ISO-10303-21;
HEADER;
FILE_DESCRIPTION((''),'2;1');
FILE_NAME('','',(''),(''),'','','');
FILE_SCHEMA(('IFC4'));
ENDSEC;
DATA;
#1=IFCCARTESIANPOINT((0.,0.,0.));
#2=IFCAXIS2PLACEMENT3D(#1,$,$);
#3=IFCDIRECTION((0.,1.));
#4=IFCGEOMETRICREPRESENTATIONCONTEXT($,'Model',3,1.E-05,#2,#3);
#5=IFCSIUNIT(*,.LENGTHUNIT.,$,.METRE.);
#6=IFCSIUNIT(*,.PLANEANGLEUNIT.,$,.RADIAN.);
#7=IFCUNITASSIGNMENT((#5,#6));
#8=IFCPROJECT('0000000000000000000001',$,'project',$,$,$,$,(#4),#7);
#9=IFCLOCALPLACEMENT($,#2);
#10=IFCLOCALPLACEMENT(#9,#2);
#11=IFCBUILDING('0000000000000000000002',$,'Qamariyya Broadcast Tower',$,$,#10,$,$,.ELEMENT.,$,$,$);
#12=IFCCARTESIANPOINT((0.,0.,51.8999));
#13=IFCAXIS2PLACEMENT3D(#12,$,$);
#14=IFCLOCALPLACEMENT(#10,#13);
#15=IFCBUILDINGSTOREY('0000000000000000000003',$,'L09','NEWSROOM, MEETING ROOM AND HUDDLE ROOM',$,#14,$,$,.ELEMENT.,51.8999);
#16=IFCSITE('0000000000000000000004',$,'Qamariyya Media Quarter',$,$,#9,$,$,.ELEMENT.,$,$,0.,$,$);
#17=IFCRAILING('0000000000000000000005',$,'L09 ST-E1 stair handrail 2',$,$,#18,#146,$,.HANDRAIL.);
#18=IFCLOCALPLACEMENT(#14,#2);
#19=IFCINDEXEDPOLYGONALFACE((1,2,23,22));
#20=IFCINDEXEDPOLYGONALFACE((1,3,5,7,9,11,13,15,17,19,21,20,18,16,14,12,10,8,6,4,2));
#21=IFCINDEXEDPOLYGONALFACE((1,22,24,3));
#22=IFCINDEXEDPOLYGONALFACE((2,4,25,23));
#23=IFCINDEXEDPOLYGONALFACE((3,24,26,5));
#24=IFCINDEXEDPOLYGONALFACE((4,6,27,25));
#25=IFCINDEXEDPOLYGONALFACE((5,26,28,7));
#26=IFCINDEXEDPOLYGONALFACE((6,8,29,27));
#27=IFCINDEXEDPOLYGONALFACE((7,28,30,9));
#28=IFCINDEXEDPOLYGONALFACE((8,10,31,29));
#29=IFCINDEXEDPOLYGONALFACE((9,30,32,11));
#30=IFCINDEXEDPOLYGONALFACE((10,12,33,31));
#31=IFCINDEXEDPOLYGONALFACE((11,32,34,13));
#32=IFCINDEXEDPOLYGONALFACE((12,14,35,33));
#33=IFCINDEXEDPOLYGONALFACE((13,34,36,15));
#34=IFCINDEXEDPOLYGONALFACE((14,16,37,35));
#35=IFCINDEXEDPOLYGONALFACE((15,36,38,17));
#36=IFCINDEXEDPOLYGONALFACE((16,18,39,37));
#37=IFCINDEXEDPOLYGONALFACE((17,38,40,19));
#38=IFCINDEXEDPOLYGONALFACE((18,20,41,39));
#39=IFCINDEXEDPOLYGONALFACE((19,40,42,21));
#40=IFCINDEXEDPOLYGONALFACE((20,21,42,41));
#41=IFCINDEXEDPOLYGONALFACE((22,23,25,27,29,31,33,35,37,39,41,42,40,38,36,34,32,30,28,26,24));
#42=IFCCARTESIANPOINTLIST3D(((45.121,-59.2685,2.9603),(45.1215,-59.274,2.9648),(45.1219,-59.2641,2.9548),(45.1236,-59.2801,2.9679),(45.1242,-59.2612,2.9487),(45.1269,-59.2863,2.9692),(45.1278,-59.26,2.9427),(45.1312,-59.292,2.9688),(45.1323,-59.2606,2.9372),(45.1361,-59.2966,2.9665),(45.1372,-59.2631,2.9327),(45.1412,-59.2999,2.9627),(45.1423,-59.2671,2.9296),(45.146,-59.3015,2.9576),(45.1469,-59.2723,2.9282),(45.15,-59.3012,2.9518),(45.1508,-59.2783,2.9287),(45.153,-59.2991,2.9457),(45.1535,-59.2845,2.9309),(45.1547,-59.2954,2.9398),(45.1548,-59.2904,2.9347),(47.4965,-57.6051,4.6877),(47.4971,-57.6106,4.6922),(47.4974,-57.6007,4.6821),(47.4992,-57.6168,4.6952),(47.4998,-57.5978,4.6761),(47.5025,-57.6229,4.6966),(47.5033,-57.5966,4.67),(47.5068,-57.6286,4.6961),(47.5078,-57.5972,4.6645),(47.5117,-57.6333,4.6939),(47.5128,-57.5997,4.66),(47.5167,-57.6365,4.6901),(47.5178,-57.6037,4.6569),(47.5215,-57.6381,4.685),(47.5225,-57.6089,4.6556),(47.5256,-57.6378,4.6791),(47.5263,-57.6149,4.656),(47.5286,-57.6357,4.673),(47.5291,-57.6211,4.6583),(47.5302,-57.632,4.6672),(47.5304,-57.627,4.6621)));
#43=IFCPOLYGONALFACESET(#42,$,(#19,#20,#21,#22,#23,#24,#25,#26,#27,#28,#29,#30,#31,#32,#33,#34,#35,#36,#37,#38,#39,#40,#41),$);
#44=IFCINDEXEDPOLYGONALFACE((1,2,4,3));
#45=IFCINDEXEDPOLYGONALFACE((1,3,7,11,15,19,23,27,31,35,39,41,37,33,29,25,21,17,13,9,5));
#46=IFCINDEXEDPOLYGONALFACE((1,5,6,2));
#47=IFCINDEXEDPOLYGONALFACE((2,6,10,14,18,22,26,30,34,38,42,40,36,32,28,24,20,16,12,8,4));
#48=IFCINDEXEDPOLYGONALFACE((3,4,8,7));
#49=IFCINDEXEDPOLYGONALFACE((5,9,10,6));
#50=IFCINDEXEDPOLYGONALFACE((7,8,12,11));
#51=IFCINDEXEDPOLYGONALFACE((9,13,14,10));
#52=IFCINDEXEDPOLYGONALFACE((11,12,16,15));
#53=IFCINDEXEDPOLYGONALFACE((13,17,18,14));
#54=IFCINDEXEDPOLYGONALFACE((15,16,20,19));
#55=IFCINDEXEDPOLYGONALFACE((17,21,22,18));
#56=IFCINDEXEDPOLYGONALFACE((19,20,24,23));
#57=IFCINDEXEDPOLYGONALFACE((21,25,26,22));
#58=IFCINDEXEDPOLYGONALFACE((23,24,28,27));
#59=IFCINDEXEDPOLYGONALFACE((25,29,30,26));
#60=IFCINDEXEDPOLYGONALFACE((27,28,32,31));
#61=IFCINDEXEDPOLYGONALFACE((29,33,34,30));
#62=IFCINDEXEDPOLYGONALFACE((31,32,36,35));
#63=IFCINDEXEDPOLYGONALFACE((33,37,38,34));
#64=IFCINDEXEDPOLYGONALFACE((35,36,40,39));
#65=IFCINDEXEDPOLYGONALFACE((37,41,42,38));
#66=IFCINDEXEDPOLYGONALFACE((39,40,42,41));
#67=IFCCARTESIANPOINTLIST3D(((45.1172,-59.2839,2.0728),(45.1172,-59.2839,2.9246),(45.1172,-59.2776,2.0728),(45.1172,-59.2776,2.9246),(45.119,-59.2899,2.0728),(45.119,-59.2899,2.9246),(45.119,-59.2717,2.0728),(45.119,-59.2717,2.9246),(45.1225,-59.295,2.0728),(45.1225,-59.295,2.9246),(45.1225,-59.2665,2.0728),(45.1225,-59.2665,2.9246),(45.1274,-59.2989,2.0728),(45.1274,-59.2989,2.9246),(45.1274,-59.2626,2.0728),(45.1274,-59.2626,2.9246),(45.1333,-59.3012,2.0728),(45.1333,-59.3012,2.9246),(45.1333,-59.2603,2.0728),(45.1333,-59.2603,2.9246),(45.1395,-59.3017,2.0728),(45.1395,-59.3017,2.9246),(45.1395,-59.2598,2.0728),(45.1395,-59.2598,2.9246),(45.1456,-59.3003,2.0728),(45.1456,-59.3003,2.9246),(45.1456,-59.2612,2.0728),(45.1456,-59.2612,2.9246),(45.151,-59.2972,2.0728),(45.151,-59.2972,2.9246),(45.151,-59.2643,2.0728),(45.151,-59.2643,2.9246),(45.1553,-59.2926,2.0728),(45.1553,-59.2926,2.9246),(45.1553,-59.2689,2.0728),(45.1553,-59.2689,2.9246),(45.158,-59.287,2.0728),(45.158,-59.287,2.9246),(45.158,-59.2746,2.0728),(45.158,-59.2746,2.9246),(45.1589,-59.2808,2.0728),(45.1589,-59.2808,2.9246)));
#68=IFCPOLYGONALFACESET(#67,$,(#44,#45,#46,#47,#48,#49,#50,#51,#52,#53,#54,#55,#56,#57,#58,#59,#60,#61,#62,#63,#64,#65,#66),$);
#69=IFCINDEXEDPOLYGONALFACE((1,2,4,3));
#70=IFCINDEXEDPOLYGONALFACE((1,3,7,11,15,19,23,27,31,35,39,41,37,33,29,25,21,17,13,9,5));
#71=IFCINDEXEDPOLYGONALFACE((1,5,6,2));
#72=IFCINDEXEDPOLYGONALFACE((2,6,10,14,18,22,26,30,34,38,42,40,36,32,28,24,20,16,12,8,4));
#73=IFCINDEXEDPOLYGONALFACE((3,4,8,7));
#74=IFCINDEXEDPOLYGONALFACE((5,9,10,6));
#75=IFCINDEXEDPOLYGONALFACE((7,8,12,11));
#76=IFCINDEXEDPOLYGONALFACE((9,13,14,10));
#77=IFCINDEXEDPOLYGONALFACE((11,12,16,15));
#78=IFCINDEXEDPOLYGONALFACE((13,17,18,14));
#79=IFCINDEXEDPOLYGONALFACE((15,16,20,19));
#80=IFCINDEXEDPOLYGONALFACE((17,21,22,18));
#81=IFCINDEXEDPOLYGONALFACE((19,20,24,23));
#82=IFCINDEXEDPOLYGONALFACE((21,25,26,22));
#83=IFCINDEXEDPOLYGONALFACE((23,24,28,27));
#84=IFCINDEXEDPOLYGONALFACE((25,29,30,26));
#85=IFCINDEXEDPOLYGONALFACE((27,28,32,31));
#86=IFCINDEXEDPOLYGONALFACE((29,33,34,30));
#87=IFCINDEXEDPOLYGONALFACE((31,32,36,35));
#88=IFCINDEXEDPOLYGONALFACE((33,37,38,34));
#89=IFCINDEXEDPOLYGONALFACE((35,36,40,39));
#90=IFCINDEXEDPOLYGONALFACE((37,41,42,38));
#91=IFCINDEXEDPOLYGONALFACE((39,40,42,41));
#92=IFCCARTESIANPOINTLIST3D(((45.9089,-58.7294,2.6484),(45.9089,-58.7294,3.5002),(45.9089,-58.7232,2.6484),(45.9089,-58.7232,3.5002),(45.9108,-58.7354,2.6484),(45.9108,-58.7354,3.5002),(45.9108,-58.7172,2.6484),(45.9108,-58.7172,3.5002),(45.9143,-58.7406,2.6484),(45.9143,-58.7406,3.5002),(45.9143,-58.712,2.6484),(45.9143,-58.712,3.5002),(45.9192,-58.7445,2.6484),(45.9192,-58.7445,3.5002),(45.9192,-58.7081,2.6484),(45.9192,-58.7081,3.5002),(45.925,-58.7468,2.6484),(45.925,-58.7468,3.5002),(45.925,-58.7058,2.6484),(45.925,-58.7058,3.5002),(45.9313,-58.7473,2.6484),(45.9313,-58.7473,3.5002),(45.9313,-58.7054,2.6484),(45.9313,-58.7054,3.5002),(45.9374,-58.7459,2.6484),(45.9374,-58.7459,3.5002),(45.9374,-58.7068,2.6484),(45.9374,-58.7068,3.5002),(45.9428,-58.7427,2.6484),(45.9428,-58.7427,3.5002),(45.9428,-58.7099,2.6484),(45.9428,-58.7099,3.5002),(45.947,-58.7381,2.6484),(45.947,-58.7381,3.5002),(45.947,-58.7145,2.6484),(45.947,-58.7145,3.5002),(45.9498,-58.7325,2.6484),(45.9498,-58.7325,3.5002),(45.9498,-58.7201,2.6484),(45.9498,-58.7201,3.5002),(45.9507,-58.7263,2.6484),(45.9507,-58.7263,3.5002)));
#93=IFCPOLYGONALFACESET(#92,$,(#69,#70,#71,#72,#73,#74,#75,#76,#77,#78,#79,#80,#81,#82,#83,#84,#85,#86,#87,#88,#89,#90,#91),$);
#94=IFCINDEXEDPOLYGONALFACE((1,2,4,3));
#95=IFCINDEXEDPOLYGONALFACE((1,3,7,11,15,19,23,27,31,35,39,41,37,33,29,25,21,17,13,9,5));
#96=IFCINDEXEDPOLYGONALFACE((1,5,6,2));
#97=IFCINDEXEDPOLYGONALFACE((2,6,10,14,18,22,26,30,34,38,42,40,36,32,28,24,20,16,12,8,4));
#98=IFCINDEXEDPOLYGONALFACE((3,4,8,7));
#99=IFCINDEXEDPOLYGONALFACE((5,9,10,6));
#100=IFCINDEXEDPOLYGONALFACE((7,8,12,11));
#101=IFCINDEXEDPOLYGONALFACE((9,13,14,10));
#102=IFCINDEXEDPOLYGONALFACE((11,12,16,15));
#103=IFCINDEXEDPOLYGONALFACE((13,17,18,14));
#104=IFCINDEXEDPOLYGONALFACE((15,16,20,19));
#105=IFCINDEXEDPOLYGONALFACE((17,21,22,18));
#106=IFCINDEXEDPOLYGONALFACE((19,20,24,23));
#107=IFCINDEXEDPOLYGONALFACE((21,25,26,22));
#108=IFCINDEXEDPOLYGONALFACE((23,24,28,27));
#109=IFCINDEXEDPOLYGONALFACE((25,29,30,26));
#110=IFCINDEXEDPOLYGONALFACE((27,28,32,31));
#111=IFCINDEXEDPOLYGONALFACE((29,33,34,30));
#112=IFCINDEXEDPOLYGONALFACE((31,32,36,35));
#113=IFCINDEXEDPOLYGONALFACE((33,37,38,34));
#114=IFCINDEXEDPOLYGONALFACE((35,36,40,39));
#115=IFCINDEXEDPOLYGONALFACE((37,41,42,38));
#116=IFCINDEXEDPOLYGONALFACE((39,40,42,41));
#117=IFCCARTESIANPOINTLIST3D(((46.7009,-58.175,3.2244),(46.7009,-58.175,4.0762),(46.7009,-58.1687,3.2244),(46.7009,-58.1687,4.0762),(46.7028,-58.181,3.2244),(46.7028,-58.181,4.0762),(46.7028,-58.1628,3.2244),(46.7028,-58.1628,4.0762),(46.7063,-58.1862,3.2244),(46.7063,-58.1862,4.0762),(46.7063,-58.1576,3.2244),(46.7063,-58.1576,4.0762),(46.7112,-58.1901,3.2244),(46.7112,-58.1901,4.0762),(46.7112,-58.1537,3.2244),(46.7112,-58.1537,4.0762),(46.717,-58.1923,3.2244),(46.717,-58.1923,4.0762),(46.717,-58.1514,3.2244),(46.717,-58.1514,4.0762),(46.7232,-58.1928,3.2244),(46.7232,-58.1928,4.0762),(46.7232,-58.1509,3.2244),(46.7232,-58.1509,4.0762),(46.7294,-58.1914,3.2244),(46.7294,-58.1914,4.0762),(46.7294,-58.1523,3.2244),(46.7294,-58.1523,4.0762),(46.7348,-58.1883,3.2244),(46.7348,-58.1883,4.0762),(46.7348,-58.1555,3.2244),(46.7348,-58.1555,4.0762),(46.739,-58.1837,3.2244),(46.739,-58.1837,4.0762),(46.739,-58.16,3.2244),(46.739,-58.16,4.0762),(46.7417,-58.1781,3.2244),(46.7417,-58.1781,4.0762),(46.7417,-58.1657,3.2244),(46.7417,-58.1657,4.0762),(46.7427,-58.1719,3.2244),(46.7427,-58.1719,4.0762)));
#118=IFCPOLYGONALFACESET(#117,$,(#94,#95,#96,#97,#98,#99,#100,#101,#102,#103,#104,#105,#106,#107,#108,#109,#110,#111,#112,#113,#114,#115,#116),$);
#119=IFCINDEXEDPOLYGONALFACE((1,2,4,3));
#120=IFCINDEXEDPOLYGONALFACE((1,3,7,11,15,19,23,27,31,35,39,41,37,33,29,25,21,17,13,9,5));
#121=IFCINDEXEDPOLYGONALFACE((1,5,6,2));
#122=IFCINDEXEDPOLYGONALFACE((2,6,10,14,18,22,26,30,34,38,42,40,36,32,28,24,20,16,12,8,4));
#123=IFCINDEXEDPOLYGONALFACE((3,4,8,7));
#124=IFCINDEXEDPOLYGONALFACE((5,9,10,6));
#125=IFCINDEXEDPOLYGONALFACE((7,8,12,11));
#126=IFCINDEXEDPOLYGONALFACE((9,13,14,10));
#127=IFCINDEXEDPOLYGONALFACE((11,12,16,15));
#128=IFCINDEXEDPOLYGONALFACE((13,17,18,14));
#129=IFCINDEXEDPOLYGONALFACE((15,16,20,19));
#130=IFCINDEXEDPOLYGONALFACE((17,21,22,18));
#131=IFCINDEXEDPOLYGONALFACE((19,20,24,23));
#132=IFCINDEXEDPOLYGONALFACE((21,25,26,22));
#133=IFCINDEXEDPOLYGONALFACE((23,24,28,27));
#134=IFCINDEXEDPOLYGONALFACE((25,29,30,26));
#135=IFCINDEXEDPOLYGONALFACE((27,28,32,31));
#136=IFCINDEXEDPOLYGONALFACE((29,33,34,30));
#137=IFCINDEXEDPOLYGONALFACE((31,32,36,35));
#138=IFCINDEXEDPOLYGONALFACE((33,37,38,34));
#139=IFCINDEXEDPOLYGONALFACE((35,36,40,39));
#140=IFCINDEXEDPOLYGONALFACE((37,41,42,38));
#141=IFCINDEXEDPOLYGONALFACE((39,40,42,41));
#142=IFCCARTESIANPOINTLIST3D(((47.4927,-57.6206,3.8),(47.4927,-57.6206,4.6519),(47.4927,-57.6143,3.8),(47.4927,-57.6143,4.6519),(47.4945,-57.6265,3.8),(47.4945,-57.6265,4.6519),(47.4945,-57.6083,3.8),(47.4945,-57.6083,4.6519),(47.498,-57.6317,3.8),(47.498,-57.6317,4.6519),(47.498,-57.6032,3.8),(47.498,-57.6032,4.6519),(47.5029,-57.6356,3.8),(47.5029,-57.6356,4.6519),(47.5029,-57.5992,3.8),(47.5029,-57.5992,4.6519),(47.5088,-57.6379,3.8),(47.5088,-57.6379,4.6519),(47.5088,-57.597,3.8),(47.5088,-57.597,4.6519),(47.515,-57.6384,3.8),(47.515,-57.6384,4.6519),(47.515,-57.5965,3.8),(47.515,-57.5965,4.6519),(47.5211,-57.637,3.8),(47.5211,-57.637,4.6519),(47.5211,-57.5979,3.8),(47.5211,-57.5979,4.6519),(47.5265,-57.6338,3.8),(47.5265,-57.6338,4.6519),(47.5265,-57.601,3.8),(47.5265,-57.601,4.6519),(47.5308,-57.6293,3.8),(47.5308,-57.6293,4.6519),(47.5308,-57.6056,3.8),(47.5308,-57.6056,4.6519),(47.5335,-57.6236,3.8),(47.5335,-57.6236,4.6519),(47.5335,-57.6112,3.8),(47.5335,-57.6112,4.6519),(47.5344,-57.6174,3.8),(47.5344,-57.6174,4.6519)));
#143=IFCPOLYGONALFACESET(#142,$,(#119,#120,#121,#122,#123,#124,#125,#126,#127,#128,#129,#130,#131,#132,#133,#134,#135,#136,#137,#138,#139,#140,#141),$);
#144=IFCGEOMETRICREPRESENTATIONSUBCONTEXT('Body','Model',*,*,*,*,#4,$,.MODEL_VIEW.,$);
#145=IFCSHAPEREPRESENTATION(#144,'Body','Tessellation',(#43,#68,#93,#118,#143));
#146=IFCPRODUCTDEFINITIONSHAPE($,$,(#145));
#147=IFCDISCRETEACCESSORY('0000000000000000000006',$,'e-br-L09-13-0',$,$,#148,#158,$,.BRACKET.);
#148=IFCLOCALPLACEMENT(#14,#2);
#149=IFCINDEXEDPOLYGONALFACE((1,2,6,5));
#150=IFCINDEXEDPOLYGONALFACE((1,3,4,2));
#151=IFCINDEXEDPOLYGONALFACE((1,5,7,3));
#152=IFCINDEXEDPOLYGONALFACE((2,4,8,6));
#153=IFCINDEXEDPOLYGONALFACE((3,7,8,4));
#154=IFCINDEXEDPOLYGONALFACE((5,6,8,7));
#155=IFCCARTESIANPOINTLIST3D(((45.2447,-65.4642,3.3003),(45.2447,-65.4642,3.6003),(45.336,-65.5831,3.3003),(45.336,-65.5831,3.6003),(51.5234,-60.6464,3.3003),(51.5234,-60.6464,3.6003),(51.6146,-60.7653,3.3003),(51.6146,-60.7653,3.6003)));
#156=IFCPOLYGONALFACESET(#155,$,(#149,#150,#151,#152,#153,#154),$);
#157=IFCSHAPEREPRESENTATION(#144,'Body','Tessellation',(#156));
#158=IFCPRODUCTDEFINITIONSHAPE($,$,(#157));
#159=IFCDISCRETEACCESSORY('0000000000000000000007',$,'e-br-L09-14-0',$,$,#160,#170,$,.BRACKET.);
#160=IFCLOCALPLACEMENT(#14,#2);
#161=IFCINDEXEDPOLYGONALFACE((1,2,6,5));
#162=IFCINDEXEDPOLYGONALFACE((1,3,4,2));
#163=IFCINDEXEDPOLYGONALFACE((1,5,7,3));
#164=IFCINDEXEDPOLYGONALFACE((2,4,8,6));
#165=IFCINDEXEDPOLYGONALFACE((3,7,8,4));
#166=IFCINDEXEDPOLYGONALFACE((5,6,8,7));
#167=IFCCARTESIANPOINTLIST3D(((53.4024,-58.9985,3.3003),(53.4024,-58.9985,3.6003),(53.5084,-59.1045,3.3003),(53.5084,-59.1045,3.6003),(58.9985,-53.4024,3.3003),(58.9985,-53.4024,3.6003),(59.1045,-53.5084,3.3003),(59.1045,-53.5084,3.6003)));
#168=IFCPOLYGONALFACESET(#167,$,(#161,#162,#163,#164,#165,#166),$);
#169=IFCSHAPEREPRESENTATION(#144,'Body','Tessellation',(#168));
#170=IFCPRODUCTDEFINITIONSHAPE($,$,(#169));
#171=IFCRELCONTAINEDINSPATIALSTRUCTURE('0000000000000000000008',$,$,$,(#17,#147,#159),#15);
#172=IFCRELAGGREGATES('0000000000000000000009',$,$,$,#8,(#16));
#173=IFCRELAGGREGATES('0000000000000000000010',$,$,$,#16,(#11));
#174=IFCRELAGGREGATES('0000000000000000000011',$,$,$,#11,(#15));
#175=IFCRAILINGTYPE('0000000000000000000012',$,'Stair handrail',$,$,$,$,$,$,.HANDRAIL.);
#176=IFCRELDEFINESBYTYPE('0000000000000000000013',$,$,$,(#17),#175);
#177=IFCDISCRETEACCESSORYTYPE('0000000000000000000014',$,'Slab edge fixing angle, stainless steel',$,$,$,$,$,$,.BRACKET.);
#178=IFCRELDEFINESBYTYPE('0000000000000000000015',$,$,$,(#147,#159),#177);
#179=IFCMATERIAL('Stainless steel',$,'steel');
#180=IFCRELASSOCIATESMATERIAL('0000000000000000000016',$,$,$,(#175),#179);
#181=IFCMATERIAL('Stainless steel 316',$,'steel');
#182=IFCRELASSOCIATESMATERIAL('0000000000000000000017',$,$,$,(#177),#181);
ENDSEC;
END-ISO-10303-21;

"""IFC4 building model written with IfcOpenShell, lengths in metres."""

from ifc_helpers import new_model, si_unit, direction, frame, origin, origin_2d, place, context, subcontext, project, spatial, rectangle, circle, extrude, material, type_object, element, save


model = new_model("IFC4")

# Units and contexts
model_context = context("Model", 3, precision=1e-05, world=origin(), true_north=direction((0.0, 1.0)))
body_context = subcontext(model_context, "Body", "Model", "MODEL_VIEW")
ifc_project = project(units=[si_unit("LENGTHUNIT", "METRE"), si_unit("PLANEANGLEUNIT", "RADIAN")], contexts=[model_context])

# Site, building, storey
site_placement = place(None, origin())
site = spatial("IfcSite", under=ifc_project, at=site_placement, Name="Qamariyya Media Quarter", CompositionType="ELEMENT", RefElevation=0.0)
building_placement = place(site_placement, origin())
building = spatial("IfcBuilding", under=site, at=building_placement, Name="Qamariyya Broadcast Tower", CompositionType="ELEMENT")
storey_placement = place(building_placement, frame((0.0, 0.0, 51.8999)))
storey = spatial("IfcBuildingStorey", under=building, at=storey_placement, Name="L09", Description="NEWSROOM, MEETING ROOM AND HUDDLE ROOM", CompositionType="ELEMENT", Elevation=51.8999)

# Railing
ifc_material_1 = material(Name="Stainless steel", Category="steel")
railing_type_1 = type_object("IfcRailingType", Name="Stair handrail", PredefinedType="HANDRAIL", material=ifc_material_1)
railing_1_placement = place(storey_placement, frame((45.1379, -59.2808, 2.0728)))
element("IfcRailing", 1, at=railing_1_placement, inside=storey, type_object=railing_type_1, Name="L09 ST-E1 stair handrail 2", PredefinedType="HANDRAIL", context=body_context, shape_type="SweptSolid", body=[
    extrude(circle(Radius=0.0239, at=origin_2d()), frame((0.0, 0.0, 0.876), z_axis=(0.70377, 0.492784, 0.511734), x_axis=(-0.573575, 0.819153, 0.0)), (0.0, 0.0, 1.0), 3.3755),
    extrude(circle(Radius=0.021, at=origin_2d()), origin(), (0.0, 0.0, 1.0), 0.8518),
    extrude(circle(Radius=0.021, at=origin_2d()), frame((0.7917, 0.5544, 0.5757)), (0.0, 0.0, 1.0), 0.8518),
    extrude(circle(Radius=0.021, at=origin_2d()), frame((1.5837, 1.1089, 1.1516)), (0.0, 0.0, 1.0), 0.8518),
    extrude(circle(Radius=0.021, at=origin_2d()), frame((2.3755, 1.6633, 1.7273)), (0.0, 0.0, 1.0), 0.8518),
])

# Discrete accessories
ifc_material_2 = material(Name="Stainless steel 316", Category="steel")
discrete_accessory_type = type_object("IfcDiscreteAccessoryType", Name="Slab edge fixing angle, stainless steel", PredefinedType="BRACKET", material=ifc_material_2)
for number, where, z_axis, x_axis, name in (
    (2, (48.4297, -63.1147, 3.3003), (0.0, 0.0, 1.0), (0.793353, 0.608761, 0.0), "e-br-L09-13-0"),
    (3, (56.2534, -56.2534, 3.3003), (0.0, 0.0, 1.0), (0.707107, 0.707107, 0.0), "e-br-L09-14-0"),
):
    element("IfcDiscreteAccessory", number, at=place(storey_placement, frame(where, z_axis=z_axis, x_axis=x_axis)), inside=storey, type_object=discrete_accessory_type, Name=name, PredefinedType="BRACKET", context=body_context, shape_type="SweptSolid", body=[
        extrude(rectangle(XDim=7.9141, YDim=0.1499, at=origin_2d()), origin(), (0.0, 0.0, 1.0), 0.3),
    ])

save(model, "model.ifc")
